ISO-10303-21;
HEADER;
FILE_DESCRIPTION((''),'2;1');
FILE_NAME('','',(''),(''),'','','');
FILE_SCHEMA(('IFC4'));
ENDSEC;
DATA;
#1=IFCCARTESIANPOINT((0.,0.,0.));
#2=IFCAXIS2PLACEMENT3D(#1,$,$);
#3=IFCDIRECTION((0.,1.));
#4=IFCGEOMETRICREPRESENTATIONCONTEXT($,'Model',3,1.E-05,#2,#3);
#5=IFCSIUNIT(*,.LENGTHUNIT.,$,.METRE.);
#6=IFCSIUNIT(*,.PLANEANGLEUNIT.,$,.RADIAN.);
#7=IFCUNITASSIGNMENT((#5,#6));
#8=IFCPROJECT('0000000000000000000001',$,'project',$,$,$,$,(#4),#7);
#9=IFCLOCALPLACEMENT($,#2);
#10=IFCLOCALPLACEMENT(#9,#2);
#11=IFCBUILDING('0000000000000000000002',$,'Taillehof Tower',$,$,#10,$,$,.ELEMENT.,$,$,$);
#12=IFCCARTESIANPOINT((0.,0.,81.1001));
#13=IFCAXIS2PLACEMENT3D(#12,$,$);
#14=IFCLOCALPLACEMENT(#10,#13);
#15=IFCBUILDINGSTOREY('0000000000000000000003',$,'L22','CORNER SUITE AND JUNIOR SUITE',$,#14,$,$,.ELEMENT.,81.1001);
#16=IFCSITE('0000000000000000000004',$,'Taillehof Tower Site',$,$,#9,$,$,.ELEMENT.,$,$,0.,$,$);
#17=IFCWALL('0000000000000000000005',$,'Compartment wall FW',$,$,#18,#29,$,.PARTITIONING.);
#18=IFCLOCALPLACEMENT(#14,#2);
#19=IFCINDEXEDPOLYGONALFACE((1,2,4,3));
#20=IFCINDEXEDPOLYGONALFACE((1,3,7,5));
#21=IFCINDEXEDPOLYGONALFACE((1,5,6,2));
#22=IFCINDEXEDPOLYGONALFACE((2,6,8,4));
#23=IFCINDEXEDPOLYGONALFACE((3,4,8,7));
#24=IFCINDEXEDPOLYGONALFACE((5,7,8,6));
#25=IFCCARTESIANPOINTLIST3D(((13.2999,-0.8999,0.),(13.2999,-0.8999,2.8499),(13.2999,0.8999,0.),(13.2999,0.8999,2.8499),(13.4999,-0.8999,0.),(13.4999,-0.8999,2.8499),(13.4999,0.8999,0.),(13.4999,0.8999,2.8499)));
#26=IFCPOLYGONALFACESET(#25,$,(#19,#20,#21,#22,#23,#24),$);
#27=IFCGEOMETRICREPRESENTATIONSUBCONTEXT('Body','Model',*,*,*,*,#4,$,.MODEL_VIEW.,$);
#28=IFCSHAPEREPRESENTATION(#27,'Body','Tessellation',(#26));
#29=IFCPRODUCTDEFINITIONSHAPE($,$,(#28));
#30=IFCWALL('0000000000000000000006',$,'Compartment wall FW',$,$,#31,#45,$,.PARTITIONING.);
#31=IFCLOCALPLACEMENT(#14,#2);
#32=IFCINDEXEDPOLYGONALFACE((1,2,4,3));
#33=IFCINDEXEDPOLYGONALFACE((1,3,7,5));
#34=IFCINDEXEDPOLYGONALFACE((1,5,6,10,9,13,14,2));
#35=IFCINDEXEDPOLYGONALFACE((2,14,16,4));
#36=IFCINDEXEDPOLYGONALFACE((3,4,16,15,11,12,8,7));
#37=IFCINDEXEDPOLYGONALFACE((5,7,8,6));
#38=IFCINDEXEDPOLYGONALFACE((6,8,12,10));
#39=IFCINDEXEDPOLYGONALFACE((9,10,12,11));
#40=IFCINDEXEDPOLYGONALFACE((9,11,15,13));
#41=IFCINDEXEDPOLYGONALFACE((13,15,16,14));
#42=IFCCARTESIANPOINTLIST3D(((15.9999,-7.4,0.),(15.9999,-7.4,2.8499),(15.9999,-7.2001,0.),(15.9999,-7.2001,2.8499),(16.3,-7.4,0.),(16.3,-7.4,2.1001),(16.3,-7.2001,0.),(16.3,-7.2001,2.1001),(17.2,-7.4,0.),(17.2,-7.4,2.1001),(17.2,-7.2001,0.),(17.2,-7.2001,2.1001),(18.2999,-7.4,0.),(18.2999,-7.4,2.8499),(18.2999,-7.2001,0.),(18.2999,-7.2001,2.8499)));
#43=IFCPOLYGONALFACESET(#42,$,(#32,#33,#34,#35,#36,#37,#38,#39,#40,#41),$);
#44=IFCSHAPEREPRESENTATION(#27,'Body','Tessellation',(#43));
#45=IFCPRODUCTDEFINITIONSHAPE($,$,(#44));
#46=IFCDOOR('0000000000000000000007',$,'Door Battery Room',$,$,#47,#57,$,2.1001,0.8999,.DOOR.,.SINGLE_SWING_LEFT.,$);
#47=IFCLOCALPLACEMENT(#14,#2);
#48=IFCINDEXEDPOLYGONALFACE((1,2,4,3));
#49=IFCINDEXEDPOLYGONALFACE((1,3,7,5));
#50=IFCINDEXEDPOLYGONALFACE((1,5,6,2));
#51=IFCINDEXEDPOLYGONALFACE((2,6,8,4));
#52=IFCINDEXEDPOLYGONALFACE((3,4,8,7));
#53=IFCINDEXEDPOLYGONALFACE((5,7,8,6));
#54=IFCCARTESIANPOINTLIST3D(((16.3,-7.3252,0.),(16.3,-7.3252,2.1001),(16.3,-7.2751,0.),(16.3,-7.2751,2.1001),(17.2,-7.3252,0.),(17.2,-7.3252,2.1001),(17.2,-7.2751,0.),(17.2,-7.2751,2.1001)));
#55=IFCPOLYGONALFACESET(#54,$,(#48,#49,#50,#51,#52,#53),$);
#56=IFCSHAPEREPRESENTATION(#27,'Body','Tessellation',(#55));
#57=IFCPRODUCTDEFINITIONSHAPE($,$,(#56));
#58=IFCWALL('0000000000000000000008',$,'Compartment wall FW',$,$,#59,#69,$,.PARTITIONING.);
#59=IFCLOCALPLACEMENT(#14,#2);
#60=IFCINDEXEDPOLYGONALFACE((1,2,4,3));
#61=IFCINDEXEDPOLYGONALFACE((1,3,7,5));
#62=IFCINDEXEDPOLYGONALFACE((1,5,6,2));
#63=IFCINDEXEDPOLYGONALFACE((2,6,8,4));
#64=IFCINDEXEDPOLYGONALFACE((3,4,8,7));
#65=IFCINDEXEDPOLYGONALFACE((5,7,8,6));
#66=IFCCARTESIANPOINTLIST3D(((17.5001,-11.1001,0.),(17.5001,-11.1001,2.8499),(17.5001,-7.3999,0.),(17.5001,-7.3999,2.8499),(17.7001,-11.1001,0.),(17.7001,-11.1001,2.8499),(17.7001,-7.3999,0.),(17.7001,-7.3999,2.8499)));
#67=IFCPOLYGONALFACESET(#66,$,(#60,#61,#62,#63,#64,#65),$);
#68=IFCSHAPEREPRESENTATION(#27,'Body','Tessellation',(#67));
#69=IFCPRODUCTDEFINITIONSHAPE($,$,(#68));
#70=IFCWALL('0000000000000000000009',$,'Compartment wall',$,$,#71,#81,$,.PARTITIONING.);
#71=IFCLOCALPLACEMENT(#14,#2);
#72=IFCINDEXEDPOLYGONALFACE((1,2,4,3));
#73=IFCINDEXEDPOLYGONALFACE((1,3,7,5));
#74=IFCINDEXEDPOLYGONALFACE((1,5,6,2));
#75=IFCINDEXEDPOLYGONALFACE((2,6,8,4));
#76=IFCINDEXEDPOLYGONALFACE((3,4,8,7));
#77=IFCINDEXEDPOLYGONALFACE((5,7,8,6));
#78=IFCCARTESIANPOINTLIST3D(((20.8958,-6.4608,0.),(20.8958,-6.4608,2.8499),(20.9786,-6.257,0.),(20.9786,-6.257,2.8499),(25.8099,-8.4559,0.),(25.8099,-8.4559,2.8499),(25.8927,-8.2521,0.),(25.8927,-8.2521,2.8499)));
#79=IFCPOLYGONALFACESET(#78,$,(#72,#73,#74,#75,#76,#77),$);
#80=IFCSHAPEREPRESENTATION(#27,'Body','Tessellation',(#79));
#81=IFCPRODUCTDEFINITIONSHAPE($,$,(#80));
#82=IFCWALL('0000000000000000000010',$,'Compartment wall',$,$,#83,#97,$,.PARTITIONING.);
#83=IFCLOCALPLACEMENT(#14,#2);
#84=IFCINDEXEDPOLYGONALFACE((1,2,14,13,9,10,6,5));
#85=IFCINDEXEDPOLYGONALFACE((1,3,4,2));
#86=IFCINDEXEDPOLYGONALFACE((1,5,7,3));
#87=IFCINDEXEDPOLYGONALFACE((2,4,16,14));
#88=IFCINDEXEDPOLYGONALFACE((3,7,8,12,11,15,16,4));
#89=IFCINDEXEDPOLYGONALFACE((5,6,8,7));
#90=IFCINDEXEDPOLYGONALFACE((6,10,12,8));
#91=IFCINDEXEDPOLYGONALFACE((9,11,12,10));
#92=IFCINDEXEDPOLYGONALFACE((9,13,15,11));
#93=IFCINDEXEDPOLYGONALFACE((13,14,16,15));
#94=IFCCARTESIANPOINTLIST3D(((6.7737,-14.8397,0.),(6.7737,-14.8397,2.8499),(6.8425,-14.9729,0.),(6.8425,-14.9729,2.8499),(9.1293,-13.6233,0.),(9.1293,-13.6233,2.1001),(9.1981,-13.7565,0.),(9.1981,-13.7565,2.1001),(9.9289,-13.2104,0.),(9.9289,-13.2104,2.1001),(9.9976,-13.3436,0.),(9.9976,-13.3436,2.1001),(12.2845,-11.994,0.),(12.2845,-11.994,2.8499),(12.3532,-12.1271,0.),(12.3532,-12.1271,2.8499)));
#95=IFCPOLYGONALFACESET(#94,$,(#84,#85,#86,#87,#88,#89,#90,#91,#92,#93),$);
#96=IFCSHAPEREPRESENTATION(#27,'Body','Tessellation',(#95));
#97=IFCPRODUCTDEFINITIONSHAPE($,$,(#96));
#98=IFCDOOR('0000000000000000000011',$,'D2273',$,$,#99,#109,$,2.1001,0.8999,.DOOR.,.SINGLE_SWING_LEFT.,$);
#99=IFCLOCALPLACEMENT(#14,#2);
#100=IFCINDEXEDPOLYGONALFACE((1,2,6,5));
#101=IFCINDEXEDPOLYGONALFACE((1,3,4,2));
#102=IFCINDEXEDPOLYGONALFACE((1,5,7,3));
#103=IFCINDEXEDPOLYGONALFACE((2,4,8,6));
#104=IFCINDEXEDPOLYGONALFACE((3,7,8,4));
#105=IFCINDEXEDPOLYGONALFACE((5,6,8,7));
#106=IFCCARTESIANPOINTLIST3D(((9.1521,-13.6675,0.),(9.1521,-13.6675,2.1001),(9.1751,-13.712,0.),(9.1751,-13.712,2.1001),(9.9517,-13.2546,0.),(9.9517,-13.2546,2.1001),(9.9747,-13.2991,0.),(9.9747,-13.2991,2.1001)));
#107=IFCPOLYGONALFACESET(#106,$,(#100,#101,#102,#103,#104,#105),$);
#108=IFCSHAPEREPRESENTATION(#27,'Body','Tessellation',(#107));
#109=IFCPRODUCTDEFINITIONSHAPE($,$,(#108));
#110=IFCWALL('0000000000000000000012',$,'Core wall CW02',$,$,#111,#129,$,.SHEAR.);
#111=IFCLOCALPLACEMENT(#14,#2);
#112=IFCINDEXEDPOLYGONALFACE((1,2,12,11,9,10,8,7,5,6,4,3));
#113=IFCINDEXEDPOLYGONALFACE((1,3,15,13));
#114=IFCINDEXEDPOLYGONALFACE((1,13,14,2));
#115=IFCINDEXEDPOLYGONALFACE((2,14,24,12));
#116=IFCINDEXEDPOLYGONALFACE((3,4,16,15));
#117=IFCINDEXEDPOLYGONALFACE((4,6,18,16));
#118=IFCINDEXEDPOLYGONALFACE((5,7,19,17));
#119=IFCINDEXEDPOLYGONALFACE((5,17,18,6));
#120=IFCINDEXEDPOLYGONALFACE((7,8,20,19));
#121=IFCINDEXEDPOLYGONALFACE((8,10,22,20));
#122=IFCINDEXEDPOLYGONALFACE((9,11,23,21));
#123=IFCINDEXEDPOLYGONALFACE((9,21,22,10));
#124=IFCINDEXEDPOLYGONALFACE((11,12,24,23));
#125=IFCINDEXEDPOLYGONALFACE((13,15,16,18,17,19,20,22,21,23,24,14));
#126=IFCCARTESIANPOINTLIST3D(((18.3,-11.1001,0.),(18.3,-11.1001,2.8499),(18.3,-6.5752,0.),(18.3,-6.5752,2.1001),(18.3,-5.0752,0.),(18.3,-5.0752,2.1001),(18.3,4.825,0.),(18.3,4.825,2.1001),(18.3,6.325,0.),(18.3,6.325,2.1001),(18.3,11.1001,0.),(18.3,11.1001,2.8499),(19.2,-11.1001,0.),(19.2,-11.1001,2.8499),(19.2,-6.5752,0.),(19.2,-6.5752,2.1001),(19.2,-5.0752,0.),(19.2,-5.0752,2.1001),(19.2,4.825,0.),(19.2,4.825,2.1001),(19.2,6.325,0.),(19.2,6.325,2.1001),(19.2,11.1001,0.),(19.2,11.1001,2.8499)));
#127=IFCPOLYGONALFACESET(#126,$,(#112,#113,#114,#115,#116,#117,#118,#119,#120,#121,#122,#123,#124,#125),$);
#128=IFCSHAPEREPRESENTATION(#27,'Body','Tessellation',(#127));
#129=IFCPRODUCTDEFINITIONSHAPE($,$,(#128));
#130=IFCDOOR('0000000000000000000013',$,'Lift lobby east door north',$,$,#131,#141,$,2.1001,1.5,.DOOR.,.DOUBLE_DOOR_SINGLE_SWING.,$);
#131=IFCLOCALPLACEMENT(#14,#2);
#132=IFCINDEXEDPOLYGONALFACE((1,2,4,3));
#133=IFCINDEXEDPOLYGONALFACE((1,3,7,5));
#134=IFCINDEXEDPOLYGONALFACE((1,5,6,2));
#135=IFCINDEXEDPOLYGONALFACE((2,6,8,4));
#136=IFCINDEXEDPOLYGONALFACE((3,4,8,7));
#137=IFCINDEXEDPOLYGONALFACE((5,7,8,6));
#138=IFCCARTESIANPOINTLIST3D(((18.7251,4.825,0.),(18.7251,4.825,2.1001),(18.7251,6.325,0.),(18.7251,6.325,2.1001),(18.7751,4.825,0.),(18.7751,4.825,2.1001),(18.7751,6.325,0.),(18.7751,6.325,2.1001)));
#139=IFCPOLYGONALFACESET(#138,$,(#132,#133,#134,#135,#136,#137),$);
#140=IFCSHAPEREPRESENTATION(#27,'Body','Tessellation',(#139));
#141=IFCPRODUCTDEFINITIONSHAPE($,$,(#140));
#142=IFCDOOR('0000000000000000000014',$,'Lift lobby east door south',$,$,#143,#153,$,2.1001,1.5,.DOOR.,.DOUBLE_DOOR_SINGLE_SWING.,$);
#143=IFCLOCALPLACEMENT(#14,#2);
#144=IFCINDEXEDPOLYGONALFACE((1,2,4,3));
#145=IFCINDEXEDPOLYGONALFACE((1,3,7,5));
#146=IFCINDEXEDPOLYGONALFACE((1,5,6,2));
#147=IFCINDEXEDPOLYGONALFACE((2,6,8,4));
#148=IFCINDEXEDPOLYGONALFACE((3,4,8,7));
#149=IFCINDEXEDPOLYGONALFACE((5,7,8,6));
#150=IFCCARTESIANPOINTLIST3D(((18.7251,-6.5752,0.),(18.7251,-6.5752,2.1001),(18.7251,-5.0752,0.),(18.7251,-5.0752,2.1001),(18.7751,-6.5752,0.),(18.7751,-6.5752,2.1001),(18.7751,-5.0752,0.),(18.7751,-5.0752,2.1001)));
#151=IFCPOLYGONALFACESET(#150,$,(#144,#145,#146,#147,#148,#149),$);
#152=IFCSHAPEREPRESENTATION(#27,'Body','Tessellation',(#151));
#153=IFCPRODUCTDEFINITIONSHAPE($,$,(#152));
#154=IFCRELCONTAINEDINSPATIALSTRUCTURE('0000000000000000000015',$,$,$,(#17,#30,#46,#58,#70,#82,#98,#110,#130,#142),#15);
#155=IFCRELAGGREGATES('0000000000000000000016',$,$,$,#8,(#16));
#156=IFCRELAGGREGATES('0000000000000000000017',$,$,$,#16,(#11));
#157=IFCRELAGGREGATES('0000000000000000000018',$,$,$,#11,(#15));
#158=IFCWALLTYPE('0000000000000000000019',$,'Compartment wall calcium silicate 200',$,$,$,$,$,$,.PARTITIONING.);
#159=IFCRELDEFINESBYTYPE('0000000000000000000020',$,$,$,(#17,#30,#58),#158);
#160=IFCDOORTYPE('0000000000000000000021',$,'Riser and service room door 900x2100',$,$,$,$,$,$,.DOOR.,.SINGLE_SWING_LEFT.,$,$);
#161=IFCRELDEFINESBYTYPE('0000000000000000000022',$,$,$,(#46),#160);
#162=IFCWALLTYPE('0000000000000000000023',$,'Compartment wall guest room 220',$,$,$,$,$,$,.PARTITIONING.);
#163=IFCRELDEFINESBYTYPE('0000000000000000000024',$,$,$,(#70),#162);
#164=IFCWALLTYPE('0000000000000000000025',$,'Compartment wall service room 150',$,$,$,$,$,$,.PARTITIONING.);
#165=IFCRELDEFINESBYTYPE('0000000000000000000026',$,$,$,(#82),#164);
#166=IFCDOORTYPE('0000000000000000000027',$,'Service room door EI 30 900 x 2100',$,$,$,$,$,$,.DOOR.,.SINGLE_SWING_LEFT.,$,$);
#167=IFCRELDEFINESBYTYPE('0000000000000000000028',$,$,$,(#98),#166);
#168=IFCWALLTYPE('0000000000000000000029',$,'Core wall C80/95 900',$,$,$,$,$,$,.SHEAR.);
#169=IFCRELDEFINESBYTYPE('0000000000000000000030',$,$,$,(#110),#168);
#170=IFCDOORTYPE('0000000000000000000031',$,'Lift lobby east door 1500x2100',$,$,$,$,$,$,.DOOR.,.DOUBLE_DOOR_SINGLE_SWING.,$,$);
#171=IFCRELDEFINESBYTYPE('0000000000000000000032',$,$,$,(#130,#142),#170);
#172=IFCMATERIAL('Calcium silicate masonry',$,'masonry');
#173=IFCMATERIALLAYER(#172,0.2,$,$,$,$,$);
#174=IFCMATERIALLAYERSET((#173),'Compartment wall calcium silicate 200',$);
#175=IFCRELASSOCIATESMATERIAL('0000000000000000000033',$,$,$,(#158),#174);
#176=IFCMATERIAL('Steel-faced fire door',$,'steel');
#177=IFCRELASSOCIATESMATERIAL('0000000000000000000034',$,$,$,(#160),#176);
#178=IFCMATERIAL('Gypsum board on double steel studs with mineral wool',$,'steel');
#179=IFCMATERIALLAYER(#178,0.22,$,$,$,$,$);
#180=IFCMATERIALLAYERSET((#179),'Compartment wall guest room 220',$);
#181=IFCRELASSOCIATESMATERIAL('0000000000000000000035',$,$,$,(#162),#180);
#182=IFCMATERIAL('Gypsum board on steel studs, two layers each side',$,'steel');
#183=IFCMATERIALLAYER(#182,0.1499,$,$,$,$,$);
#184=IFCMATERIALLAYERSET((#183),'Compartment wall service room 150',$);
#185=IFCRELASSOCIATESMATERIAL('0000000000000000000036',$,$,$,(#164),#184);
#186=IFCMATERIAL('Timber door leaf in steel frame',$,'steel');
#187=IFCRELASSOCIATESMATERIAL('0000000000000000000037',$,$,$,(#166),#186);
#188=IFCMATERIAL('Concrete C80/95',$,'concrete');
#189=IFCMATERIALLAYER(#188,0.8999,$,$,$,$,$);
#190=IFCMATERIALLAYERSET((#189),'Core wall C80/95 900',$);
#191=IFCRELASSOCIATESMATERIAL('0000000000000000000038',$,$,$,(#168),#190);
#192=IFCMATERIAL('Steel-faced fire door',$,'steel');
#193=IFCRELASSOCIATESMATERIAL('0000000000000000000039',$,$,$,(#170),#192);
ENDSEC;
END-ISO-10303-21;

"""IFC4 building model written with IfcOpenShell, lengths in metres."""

from ifc_helpers import new_model, si_unit, direction, frame, frame_2d, origin, place, context, subcontext, project, spatial, rectangle, extrude, material, layer, layer_set, type_object, element, fill, save


model = new_model("IFC4")

# Units and contexts
model_context = context("Model", 3, precision=1e-05, world=origin(), true_north=direction((0.0, 1.0)))
body_context = subcontext(model_context, "Body", "Model", "MODEL_VIEW")
ifc_project = project(units=[si_unit("LENGTHUNIT", "METRE"), si_unit("PLANEANGLEUNIT", "RADIAN")], contexts=[model_context])

# Site, building, storey
site_placement = place(None, origin())
site = spatial("IfcSite", under=ifc_project, at=site_placement, Name="Taillehof Tower Site", CompositionType="ELEMENT", RefElevation=0.0)
building_placement = place(site_placement, origin())
building = spatial("IfcBuilding", under=site, at=building_placement, Name="Taillehof Tower", CompositionType="ELEMENT")
storey_placement = place(building_placement, frame((0.0, 0.0, 81.1001)))
storey = spatial("IfcBuildingStorey", under=building, at=storey_placement, Name="L22", Description="CORNER SUITE AND JUNIOR SUITE", CompositionType="ELEMENT", Elevation=81.1001)

# Wall
ifc_material_1 = material(Name="Calcium silicate masonry", Category="masonry")
ifc_layer_1 = layer(ifc_material_1, 0.2)
ifc_layer_set_1 = layer_set([ifc_layer_1], Name="Compartment wall calcium silicate 200")
wall_type_1 = type_object("IfcWallType", Name="Compartment wall calcium silicate 200", PredefinedType="PARTITIONING", material=ifc_layer_set_1)
for number, where, z_axis, x_axis, name in (
    (1, (13.3999, -0.8999, 0.0), (0.0, 0.0, 1.0), (0.0, 1.0, 0.0), "Compartment wall FW"),
):
    element("IfcWall", number, at=place(storey_placement, frame(where, z_axis=z_axis, x_axis=x_axis)), inside=storey, type_object=wall_type_1, Name=name, PredefinedType="PARTITIONING", context=body_context, shape_type="SweptSolid", body=[
        extrude(rectangle(XDim=1.7998, YDim=0.2, at=frame_2d((0.8999, 0.0))), origin(), (0.0, 0.0, 1.0), 2.8499),
    ])

# Wall, opening, door
wall_1_placement = place(storey_placement, frame((16.0, -7.3, 0.0), z_axis=(0.0, 0.0, 1.0), x_axis=(1.0, 0.0, 0.0)))
wall_1 = element("IfcWall", 2, at=wall_1_placement, inside=storey, type_object=wall_type_1, Name="Compartment wall FW", PredefinedType="PARTITIONING", context=body_context, shape_type="SweptSolid", body=[
    extrude(rectangle(XDim=2.3, YDim=0.2, at=frame_2d((1.1499, 0.0))), origin(), (0.0, 0.0, 1.0), 2.8499),
])
opening_1_placement = place(wall_1_placement, frame((0.3, 0.0, 0.0)))
opening_1 = element("IfcOpeningElement", 3, at=opening_1_placement, cuts=wall_1, PredefinedType="OPENING", context=body_context, shape_type="SweptSolid", body=[
    extrude(rectangle(XDim=0.8999, YDim=2.1001, at=frame_2d((0.45, 1.05))), frame((0.0, 0.1099, 0.0), z_axis=(0.0, -1.0, 0.0), x_axis=(1.0, 0.0, 0.0)), (0.0, 0.0, 1.0), 0.22),
])
ifc_material_2 = material(Name="Steel-faced fire door", Category="steel")
door_type_1 = type_object("IfcDoorType", Name="Riser and service room door 900x2100", OperationType="SINGLE_SWING_LEFT", PredefinedType="DOOR", material=ifc_material_2)
door_1_placement = place(opening_1_placement, origin())
door_1 = element("IfcDoor", 4, at=door_1_placement, inside=storey, type_object=door_type_1, Name="Door Battery Room", OperationType="SINGLE_SWING_LEFT", OverallHeight=2.1001, OverallWidth=0.8999, PredefinedType="DOOR", context=body_context, shape_type="SweptSolid", body=[
    extrude(rectangle(XDim=0.8999, YDim=2.1001, at=frame_2d((0.45, 1.05))), frame((0.0, 0.0249, 0.0), z_axis=(0.0, -1.0, 0.0), x_axis=(1.0, 0.0, 0.0)), (0.0, 0.0, 1.0), 0.05),
])
fill(opening_1, door_1)

# Walls
wall_2_placement = place(storey_placement, frame((17.6001, -11.1001, 0.0), z_axis=(0.0, 0.0, 1.0), x_axis=(0.0, 1.0, 0.0)))
element("IfcWall", 5, at=wall_2_placement, inside=storey, type_object=wall_type_1, Name="Compartment wall FW", PredefinedType="PARTITIONING", context=body_context, shape_type="SweptSolid", body=[
    extrude(rectangle(XDim=3.7002, YDim=0.2, at=frame_2d((1.8501, 0.0))), origin(), (0.0, 0.0, 1.0), 2.8499),
])
ifc_material_3 = material(Name="Gypsum board on double steel studs with mineral wool", Category="steel")
ifc_layer_2 = layer(ifc_material_3, 0.22)
ifc_layer_set_2 = layer_set([ifc_layer_2], Name="Compartment wall guest room 220")
wall_type_2 = type_object("IfcWallType", Name="Compartment wall guest room 220", PredefinedType="PARTITIONING", material=ifc_layer_set_2)
wall_3_placement = place(storey_placement, frame((25.8513, -8.354, 0.0), z_axis=(0.0, 0.0, 1.0), x_axis=(-0.926547, 0.376179, 0.0)))
element("IfcWall", 6, at=wall_3_placement, inside=storey, type_object=wall_type_2, Name="Compartment wall", PredefinedType="PARTITIONING", context=body_context, shape_type="SweptSolid", body=[
    extrude(rectangle(XDim=5.3037, YDim=0.22, at=frame_2d((2.6519, 0.0))), origin(), (0.0, 0.0, 1.0), 2.8499),
])

# Wall, opening, door
ifc_material_4 = material(Name="Gypsum board on steel studs, two layers each side", Category="steel")
ifc_layer_3 = layer(ifc_material_4, 0.1499)
ifc_layer_set_3 = layer_set([ifc_layer_3], Name="Compartment wall service room 150")
wall_type_3 = type_object("IfcWallType", Name="Compartment wall service room 150", PredefinedType="PARTITIONING", material=ifc_layer_set_3)
wall_4_placement = place(storey_placement, frame((12.3188, -12.0605, 0.0), z_axis=(0.0, 0.0, 1.0), x_axis=(-0.888525, -0.458827, 0.0)))
wall_4 = element("IfcWall", 7, at=wall_4_placement, inside=storey, type_object=wall_type_3, Name="Compartment wall", PredefinedType="PARTITIONING", context=body_context, shape_type="SweptSolid", body=[
    extrude(rectangle(XDim=6.2021, YDim=0.1499, at=frame_2d((3.1011, 0.0))), origin(), (0.0, 0.0, 1.0), 2.8499),
])
opening_2_placement = place(wall_4_placement, frame((2.6511, 0.0, 0.0)))
opening_2 = element("IfcOpeningElement", 8, at=opening_2_placement, cuts=wall_4, PredefinedType="OPENING", context=body_context, shape_type="SweptSolid", body=[
    extrude(rectangle(XDim=0.8999, YDim=2.1001, at=frame_2d((0.45, 1.05))), frame((0.0, 0.085, 0.0), z_axis=(0.0, -1.0, 0.0), x_axis=(1.0, 0.0, 0.0)), (0.0, 0.0, 1.0), 0.1699),
])
ifc_material_5 = material(Name="Timber door leaf in steel frame", Category="steel")
door_type_2 = type_object("IfcDoorType", Name="Service room door EI 30 900 x 2100", OperationType="SINGLE_SWING_LEFT", PredefinedType="DOOR", material=ifc_material_5)
door_2_placement = place(opening_2_placement, origin())
door_2 = element("IfcDoor", 9, at=door_2_placement, inside=storey, type_object=door_type_2, Name="D2273", OperationType="SINGLE_SWING_LEFT", OverallHeight=2.1001, OverallWidth=0.8999, PredefinedType="DOOR", context=body_context, shape_type="SweptSolid", body=[
    extrude(rectangle(XDim=0.8999, YDim=2.1001, at=frame_2d((0.45, 1.05))), frame((0.0, 0.0249, 0.0), z_axis=(0.0, -1.0, 0.0), x_axis=(1.0, 0.0, 0.0)), (0.0, 0.0, 1.0), 0.05),
])
fill(opening_2, door_2)

# Wall, openings, doors
ifc_material_6 = material(Name="Concrete C80/95", Category="concrete")
ifc_layer_4 = layer(ifc_material_6, 0.8999)
ifc_layer_set_4 = layer_set([ifc_layer_4], Name="Core wall C80/95 900")
wall_type_4 = type_object("IfcWallType", Name="Core wall C80/95 900", PredefinedType="SHEAR", material=ifc_layer_set_4)
wall_5_placement = place(storey_placement, frame((18.75, -11.1001, 0.0), z_axis=(0.0, 0.0, 1.0), x_axis=(0.0, 1.0, 0.0)))
wall_5 = element("IfcWall", 10, at=wall_5_placement, inside=storey, type_object=wall_type_4, Name="Core wall CW02", PredefinedType="SHEAR", context=body_context, shape_type="SweptSolid", body=[
    extrude(rectangle(XDim=22.2002, YDim=0.8999, at=frame_2d((11.1001, 0.0))), origin(), (0.0, 0.0, 1.0), 2.8499),
])
opening_3_placement = place(wall_5_placement, frame((15.925, 0.0, 0.0)))
opening_3 = element("IfcOpeningElement", 11, at=opening_3_placement, cuts=wall_5, PredefinedType="OPENING", context=body_context, shape_type="SweptSolid", body=[
    extrude(rectangle(XDim=1.5, YDim=2.1001, at=frame_2d((0.75, 1.05))), frame((0.0, 0.46, 0.0), z_axis=(0.0, -1.0, 0.0), x_axis=(1.0, 0.0, 0.0)), (0.0, 0.0, 1.0), 0.9199),
])
opening_4_placement = place(wall_5_placement, frame((4.5249, 0.0, 0.0)))
opening_4 = element("IfcOpeningElement", 12, at=opening_4_placement, cuts=wall_5, PredefinedType="OPENING", context=body_context, shape_type="SweptSolid", body=[
    extrude(rectangle(XDim=1.5, YDim=2.1001, at=frame_2d((0.75, 1.05))), frame((0.0, 0.46, 0.0), z_axis=(0.0, -1.0, 0.0), x_axis=(1.0, 0.0, 0.0)), (0.0, 0.0, 1.0), 0.9199),
])
ifc_material_7 = material(Name="Steel-faced fire door", Category="steel")
door_type_3 = type_object("IfcDoorType", Name="Lift lobby east door 1500x2100", OperationType="DOUBLE_DOOR_SINGLE_SWING", PredefinedType="DOOR", material=ifc_material_7)
door_3_placement = place(opening_3_placement, origin())
door_3 = element("IfcDoor", 13, at=door_3_placement, inside=storey, type_object=door_type_3, Name="Lift lobby east door north", OperationType="DOUBLE_DOOR_SINGLE_SWING", OverallHeight=2.1001, OverallWidth=1.5, PredefinedType="DOOR", context=body_context, shape_type="SweptSolid", body=[
    extrude(rectangle(XDim=1.5, YDim=2.1001, at=frame_2d((0.75, 1.05))), frame((0.0, 0.0249, 0.0), z_axis=(0.0, -1.0, 0.0), x_axis=(1.0, 0.0, 0.0)), (0.0, 0.0, 1.0), 0.05),
])
fill(opening_3, door_3)
door_4_placement = place(opening_4_placement, origin())
door_4 = element("IfcDoor", 14, at=door_4_placement, inside=storey, type_object=door_type_3, Name="Lift lobby east door south", OperationType="DOUBLE_DOOR_SINGLE_SWING", OverallHeight=2.1001, OverallWidth=1.5, PredefinedType="DOOR", context=body_context, shape_type="SweptSolid", body=[
    extrude(rectangle(XDim=1.5, YDim=2.1001, at=frame_2d((0.75, 1.05))), frame((0.0, 0.0249, 0.0), z_axis=(0.0, -1.0, 0.0), x_axis=(1.0, 0.0, 0.0)), (0.0, 0.0, 1.0), 0.05),
])
fill(opening_4, door_4)

save(model, "model.ifc")
